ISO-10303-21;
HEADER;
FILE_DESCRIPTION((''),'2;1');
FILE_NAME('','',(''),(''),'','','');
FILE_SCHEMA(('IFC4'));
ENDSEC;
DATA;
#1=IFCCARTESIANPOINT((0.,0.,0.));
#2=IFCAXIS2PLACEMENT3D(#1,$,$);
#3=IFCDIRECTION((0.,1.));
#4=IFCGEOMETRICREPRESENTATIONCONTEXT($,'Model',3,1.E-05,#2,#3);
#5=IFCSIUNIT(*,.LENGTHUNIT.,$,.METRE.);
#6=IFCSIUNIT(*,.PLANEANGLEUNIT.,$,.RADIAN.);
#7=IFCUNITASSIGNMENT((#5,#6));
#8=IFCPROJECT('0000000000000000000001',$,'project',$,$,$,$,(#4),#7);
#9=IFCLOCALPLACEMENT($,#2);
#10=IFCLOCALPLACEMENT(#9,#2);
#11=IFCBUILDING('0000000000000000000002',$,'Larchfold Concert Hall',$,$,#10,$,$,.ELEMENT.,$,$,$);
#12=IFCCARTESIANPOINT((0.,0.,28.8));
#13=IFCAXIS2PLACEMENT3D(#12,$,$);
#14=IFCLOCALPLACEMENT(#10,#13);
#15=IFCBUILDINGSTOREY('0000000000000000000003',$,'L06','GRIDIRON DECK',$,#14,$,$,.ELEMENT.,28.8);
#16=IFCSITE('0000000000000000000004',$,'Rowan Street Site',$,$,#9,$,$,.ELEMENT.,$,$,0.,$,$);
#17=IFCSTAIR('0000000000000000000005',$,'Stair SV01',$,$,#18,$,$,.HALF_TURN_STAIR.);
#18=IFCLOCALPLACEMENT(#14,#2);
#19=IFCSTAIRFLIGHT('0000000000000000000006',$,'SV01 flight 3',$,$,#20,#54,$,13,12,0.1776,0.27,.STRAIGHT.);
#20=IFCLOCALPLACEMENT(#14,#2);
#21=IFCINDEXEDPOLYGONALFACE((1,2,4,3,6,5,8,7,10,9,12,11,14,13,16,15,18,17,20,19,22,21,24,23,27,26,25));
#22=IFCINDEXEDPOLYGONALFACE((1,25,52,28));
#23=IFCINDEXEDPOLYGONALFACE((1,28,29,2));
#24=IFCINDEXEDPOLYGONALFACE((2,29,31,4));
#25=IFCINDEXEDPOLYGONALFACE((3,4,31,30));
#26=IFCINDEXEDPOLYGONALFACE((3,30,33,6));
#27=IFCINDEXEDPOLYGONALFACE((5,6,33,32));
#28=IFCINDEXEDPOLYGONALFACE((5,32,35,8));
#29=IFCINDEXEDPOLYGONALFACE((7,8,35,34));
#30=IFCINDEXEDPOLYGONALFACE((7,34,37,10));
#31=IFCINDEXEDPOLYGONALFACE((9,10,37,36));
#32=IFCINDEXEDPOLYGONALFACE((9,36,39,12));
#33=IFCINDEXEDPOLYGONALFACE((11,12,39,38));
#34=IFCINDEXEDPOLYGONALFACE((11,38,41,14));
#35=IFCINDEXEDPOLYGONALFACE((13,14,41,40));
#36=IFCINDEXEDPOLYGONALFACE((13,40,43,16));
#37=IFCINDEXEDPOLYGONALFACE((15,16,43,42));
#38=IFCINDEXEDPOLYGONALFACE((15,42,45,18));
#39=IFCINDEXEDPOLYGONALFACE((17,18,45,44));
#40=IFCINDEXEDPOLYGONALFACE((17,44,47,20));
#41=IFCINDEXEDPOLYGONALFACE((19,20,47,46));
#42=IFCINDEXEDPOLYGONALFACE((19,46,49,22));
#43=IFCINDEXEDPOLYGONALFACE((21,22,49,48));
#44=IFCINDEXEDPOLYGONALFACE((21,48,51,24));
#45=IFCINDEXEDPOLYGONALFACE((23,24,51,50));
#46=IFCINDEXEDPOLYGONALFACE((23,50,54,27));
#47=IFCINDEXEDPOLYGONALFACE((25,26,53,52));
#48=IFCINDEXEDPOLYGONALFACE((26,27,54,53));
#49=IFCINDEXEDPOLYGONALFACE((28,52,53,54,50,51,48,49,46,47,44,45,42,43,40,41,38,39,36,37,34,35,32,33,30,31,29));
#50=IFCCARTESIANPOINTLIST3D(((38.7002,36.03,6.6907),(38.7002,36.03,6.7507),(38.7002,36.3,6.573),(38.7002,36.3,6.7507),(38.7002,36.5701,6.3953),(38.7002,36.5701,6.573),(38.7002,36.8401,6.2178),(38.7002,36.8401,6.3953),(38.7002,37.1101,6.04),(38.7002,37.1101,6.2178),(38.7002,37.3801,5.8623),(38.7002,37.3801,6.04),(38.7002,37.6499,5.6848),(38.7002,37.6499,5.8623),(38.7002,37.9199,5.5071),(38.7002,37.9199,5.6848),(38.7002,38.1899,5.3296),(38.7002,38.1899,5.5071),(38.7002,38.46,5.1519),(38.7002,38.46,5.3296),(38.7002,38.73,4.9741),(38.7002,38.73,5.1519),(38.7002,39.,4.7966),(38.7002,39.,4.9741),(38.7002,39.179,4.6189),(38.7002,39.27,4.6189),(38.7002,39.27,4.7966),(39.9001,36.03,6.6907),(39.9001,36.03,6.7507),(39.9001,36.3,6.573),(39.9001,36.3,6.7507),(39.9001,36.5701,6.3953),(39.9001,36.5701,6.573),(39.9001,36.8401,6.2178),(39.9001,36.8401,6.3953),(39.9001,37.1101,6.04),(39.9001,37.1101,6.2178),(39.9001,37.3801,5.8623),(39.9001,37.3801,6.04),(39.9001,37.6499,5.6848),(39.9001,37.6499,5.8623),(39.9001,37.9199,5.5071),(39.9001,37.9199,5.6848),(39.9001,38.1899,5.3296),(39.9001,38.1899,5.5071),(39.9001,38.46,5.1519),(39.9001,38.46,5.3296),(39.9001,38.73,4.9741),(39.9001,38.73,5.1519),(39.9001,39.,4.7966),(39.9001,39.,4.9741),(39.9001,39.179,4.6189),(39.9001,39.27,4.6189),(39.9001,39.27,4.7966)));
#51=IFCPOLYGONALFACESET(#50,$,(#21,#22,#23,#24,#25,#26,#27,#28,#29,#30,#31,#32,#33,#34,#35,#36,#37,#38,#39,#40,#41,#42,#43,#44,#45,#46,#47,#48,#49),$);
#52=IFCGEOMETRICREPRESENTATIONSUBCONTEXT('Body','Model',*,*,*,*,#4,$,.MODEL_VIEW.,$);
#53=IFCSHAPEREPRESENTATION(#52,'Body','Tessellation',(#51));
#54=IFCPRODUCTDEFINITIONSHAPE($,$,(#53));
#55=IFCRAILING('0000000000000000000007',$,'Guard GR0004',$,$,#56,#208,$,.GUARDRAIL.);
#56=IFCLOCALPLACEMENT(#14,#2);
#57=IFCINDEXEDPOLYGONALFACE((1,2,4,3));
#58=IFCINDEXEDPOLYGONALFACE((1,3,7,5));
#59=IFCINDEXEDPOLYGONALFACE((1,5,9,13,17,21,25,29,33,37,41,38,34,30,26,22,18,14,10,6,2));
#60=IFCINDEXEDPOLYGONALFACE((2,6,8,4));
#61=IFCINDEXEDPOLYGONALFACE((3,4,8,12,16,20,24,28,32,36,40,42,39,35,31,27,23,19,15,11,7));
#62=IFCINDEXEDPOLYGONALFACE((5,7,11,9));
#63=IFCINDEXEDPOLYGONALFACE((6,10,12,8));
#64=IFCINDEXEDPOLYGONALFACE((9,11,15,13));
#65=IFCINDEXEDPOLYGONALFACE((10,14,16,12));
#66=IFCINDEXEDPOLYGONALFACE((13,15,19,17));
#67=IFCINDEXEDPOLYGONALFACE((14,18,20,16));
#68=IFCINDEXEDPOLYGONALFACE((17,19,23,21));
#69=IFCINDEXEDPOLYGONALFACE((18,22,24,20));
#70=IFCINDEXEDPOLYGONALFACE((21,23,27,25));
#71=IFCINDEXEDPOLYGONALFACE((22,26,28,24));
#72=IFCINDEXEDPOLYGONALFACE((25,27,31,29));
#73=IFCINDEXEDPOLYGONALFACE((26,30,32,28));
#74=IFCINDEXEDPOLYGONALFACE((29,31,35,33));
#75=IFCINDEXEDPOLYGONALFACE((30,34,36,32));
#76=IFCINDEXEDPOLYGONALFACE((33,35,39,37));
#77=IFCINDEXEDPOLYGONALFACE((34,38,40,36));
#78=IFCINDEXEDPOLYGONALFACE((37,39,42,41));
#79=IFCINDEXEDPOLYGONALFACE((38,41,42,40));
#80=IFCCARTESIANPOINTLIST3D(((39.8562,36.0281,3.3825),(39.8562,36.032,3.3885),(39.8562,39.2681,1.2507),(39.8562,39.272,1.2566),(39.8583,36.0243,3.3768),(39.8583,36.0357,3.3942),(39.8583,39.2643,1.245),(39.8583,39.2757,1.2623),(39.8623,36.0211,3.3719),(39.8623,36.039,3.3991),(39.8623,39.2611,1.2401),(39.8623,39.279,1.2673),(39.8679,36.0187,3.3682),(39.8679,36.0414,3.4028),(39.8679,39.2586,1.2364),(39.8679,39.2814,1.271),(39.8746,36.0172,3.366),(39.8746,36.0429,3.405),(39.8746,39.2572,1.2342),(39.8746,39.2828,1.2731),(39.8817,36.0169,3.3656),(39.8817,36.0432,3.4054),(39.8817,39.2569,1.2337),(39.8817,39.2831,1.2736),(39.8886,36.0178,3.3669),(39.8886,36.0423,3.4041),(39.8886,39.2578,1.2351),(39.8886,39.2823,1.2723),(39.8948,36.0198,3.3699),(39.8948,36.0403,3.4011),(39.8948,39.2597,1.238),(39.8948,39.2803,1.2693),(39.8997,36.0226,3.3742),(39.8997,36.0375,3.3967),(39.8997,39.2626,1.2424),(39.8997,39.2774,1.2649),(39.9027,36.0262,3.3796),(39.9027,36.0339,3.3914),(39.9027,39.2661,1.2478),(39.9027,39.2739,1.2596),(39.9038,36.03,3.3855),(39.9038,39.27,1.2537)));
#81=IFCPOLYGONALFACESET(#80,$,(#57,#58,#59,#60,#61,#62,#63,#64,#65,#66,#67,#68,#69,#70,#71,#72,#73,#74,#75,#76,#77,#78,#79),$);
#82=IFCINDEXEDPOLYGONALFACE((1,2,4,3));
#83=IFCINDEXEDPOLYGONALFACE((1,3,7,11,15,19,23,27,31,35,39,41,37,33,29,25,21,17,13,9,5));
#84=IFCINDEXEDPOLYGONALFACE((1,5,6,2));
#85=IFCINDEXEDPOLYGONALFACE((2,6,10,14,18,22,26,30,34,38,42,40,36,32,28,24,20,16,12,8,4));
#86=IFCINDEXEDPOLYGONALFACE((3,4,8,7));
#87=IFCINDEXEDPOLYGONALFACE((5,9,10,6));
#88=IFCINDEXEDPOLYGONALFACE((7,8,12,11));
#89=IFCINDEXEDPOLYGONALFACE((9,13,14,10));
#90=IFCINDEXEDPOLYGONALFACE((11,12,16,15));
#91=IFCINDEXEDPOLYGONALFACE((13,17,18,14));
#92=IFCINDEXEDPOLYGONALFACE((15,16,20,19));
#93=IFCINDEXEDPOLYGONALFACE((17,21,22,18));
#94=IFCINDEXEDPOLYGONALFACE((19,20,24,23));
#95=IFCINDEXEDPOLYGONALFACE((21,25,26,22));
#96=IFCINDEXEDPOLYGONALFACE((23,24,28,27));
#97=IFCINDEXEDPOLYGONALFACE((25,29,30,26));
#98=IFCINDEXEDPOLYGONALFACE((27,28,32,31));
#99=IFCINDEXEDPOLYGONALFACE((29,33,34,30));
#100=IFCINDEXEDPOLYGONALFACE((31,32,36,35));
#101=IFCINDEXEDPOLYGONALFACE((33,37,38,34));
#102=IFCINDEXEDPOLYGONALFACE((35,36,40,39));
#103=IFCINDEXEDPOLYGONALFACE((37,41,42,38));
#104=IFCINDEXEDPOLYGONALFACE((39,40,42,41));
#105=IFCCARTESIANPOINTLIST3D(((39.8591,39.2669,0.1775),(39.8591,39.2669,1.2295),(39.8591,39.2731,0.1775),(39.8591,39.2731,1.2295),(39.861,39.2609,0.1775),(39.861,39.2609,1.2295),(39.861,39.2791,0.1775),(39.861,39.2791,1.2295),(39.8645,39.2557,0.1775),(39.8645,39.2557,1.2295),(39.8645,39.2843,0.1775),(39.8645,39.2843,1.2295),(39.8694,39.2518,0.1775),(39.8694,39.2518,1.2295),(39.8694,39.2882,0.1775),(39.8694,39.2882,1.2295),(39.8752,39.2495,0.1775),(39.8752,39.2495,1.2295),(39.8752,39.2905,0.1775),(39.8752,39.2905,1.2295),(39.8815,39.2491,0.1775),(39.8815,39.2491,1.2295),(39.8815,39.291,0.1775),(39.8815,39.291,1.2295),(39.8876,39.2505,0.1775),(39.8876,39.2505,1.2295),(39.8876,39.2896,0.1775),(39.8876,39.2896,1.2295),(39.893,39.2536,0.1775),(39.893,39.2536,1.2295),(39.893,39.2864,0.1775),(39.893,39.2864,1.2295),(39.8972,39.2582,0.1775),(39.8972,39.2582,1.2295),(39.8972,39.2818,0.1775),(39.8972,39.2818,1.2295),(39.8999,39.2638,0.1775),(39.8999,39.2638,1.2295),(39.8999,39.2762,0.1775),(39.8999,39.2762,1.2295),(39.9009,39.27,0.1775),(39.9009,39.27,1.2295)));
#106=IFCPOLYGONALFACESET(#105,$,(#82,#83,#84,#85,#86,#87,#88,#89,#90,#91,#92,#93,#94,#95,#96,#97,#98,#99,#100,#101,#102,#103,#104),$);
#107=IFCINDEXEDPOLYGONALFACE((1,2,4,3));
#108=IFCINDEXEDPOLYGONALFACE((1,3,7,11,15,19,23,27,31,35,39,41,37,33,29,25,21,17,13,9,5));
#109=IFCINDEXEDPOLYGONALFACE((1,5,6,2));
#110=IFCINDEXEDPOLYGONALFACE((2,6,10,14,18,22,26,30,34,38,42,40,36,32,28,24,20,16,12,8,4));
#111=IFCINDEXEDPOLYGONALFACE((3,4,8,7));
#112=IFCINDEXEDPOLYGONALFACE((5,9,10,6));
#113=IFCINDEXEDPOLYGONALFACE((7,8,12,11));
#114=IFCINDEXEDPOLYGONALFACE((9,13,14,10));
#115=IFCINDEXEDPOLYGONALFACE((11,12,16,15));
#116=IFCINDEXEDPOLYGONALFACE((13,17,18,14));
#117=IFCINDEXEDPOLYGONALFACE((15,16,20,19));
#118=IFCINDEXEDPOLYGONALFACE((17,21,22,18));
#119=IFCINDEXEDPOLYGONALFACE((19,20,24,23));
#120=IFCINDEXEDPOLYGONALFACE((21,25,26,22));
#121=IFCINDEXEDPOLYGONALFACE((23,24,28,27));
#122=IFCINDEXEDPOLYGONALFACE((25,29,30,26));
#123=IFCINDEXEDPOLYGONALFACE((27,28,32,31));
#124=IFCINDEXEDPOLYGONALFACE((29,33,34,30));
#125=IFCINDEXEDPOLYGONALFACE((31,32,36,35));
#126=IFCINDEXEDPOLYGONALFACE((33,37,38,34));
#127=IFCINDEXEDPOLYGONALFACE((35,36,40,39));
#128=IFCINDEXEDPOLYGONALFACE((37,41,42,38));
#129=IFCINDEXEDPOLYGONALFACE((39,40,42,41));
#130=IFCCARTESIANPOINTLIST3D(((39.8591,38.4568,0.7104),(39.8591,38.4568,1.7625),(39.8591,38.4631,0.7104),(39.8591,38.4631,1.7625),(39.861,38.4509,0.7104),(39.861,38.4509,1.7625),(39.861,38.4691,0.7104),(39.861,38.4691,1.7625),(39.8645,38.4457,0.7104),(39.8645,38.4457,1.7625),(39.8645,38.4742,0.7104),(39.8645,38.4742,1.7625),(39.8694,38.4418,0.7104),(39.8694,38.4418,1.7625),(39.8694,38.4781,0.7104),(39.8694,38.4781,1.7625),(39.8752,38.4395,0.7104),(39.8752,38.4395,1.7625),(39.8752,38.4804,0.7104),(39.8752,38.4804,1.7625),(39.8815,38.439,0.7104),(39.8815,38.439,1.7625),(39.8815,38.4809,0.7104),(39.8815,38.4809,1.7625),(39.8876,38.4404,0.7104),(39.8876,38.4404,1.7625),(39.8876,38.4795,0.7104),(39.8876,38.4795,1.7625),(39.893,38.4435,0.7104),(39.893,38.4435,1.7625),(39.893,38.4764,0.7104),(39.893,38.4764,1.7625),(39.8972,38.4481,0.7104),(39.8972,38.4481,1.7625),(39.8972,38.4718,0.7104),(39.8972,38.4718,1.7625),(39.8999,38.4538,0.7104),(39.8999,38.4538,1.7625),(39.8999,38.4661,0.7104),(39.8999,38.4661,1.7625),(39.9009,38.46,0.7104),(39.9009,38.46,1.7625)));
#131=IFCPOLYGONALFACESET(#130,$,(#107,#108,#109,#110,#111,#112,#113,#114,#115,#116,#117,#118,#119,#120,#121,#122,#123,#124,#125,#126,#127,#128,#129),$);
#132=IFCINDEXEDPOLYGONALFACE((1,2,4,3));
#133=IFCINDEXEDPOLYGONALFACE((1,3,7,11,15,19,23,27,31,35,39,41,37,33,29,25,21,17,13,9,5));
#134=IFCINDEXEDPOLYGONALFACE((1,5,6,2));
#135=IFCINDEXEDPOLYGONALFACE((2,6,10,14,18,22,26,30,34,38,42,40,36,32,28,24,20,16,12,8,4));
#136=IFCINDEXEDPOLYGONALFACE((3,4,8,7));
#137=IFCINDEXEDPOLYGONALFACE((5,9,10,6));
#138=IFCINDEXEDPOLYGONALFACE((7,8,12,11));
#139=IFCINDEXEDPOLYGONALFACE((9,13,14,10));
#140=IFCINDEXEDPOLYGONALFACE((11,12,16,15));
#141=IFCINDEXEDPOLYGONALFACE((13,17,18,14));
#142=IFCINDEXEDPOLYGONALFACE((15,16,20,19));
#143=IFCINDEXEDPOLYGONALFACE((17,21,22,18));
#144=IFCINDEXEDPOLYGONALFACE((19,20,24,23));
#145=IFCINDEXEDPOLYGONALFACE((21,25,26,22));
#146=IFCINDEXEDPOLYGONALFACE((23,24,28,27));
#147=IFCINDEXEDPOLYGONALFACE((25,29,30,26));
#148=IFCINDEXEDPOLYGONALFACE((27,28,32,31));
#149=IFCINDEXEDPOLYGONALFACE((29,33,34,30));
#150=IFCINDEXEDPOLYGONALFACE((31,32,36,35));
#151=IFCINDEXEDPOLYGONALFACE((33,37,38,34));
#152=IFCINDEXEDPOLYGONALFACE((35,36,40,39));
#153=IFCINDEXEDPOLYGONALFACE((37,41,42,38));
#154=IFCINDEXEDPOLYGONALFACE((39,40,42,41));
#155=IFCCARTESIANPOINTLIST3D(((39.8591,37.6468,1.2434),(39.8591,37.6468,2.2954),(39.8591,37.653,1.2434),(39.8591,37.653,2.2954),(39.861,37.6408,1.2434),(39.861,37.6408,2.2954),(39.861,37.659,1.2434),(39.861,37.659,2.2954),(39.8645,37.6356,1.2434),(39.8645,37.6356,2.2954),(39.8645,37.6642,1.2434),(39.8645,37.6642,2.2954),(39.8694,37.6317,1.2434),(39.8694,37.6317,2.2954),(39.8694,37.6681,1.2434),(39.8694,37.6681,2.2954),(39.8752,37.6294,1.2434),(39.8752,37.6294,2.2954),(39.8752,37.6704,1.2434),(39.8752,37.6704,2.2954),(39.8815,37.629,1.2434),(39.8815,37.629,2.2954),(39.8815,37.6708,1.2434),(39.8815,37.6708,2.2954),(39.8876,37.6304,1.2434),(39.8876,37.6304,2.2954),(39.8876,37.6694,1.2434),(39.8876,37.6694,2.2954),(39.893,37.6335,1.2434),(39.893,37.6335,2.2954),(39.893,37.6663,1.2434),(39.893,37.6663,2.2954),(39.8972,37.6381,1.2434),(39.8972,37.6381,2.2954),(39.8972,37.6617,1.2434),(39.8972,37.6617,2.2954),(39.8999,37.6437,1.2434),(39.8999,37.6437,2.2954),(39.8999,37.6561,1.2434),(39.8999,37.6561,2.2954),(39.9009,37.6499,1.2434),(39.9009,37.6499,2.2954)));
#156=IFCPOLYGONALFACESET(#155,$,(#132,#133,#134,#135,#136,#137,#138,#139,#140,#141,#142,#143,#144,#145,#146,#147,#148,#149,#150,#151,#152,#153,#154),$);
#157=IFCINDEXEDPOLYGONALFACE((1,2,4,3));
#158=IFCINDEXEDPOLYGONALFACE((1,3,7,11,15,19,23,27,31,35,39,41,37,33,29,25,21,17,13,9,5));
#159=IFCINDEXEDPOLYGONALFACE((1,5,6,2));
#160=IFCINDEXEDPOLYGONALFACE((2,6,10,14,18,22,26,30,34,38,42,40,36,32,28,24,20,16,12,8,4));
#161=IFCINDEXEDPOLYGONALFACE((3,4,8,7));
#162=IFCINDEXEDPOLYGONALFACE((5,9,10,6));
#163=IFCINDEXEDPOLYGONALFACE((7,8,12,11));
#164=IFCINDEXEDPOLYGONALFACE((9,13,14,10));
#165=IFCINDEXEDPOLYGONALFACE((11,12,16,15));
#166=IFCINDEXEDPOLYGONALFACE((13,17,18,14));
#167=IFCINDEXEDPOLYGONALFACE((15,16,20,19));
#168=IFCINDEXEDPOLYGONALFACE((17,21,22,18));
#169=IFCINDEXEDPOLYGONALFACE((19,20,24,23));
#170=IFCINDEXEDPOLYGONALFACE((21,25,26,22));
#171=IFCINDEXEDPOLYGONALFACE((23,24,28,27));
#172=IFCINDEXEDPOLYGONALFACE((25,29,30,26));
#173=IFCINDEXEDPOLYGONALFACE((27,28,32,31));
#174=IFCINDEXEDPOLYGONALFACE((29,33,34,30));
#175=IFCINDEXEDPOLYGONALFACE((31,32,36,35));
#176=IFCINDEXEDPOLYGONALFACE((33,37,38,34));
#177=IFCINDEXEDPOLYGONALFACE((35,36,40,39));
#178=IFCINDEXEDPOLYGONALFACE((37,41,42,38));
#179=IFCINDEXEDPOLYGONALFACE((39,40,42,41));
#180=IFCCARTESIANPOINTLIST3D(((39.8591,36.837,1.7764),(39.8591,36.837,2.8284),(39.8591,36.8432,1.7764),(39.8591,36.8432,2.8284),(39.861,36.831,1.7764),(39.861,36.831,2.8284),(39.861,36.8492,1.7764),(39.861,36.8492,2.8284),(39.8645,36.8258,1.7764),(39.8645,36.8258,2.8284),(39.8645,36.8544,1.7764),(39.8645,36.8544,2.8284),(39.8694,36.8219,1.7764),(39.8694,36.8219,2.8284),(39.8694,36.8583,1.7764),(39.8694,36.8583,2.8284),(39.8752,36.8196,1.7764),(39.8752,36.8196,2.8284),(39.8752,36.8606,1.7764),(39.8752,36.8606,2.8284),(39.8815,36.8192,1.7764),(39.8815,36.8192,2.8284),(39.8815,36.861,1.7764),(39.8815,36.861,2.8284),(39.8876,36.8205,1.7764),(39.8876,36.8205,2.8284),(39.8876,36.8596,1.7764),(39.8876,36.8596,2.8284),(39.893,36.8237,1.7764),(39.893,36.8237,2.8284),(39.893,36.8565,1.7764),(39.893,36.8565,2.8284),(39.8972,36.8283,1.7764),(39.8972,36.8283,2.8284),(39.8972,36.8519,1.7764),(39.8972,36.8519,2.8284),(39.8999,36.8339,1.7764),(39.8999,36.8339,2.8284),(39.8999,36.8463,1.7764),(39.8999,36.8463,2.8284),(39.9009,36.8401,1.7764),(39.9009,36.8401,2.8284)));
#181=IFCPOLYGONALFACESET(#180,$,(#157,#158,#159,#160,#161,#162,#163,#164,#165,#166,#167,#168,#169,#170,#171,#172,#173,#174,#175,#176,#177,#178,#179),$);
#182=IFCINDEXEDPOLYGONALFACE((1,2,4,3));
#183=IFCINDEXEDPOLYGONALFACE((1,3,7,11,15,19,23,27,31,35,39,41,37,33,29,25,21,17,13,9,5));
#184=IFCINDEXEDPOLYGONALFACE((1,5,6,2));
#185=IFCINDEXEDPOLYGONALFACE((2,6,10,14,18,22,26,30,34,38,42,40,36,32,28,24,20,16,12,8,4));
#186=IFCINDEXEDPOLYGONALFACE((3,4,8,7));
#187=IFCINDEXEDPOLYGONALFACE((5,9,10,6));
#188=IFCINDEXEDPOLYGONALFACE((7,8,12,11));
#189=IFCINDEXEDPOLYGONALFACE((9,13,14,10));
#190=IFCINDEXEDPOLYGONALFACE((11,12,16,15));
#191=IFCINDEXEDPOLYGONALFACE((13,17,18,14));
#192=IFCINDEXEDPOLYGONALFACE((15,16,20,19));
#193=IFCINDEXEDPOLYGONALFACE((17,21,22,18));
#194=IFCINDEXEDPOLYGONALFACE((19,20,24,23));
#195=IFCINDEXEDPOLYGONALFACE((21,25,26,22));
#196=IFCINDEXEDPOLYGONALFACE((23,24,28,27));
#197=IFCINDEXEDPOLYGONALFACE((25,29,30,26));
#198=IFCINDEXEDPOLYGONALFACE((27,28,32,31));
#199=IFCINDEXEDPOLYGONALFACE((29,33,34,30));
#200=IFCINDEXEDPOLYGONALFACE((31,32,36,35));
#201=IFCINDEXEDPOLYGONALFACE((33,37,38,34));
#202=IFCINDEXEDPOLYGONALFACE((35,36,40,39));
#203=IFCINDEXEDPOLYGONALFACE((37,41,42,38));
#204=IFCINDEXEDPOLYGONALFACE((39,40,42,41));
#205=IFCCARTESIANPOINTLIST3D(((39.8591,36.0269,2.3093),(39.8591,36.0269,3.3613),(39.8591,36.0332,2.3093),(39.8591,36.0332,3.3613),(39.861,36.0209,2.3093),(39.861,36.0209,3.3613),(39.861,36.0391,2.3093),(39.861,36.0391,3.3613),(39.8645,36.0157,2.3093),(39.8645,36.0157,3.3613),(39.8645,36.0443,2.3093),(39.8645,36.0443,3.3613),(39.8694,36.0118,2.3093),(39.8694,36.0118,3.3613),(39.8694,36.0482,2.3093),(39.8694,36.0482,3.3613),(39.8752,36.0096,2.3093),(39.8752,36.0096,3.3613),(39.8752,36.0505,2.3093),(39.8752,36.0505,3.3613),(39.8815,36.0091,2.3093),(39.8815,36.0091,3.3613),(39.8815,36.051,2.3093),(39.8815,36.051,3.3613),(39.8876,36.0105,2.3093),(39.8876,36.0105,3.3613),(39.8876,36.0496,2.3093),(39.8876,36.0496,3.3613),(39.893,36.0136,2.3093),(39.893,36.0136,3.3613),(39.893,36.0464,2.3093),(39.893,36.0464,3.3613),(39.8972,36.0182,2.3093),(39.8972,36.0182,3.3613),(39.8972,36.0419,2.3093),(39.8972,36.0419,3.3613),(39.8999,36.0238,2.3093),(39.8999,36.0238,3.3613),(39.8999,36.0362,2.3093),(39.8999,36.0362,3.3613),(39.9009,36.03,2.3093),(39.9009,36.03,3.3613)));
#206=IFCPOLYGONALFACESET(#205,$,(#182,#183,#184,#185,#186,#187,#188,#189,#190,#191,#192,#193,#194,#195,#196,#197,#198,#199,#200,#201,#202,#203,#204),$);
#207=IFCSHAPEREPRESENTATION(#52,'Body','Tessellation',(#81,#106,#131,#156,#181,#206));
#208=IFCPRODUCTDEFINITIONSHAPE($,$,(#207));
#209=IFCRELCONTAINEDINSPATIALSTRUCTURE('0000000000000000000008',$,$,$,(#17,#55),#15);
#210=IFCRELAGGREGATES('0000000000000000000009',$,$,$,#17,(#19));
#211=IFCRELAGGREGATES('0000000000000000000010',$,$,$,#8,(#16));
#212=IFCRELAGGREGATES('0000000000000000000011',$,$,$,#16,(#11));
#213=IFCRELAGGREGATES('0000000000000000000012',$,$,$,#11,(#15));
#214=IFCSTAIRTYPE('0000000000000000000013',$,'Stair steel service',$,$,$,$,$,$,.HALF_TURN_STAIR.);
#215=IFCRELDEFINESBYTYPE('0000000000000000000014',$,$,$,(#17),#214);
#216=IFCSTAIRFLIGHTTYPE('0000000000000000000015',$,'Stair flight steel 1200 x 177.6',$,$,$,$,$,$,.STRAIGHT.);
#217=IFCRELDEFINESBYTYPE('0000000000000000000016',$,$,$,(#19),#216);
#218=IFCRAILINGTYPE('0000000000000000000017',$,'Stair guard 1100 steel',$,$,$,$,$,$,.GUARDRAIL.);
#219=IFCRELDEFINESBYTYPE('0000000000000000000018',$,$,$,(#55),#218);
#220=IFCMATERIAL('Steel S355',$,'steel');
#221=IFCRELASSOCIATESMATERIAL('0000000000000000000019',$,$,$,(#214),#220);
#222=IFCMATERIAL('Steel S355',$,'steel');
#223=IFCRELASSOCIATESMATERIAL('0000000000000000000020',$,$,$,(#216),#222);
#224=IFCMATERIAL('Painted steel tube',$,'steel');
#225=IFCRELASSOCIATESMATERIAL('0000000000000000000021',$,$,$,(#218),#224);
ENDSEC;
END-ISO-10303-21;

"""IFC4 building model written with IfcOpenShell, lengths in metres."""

from ifc_helpers import new_model, si_unit, direction, frame, origin, origin_2d, place, context, subcontext, project, spatial, polyline, circle, outline, extrude, material, type_object, element, aggregate, save


model = new_model("IFC4")

# Units and contexts
model_context = context("Model", 3, precision=1e-05, world=origin(), true_north=direction((0.0, 1.0)))
body_context = subcontext(model_context, "Body", "Model", "MODEL_VIEW")
ifc_project = project(units=[si_unit("LENGTHUNIT", "METRE"), si_unit("PLANEANGLEUNIT", "RADIAN")], contexts=[model_context])

# Site, building, storey
site_placement = place(None, origin())
site = spatial("IfcSite", under=ifc_project, at=site_placement, Name="Rowan Street Site", CompositionType="ELEMENT", RefElevation=0.0)
building_placement = place(site_placement, origin())
building = spatial("IfcBuilding", under=site, at=building_placement, Name="Larchfold Concert Hall", CompositionType="ELEMENT")
storey_placement = place(building_placement, frame((0.0, 0.0, 28.8)))
storey = spatial("IfcBuildingStorey", under=building, at=storey_placement, Name="L06", Description="GRIDIRON DECK", CompositionType="ELEMENT", Elevation=28.8)

# Stair, stair flight
ifc_material_1 = material(Name="Steel S355", Category="steel")
stair_type = type_object("IfcStairType", Name="Stair steel service", PredefinedType="HALF_TURN_STAIR", material=ifc_material_1)
stair_placement = place(storey_placement, origin())
stair = element("IfcStair", 1, at=stair_placement, inside=storey, type_object=stair_type, Name="Stair SV01", PredefinedType="HALF_TURN_STAIR")
ifc_material_2 = material(Name="Steel S355", Category="steel")
stair_flight_type = type_object("IfcStairFlightType", Name="Stair flight steel 1200 x 177.6", PredefinedType="STRAIGHT", material=ifc_material_2)
stair_flight_1_placement = place(storey_placement, frame((39.3, 39.27, 4.6189), z_axis=(0.0, 0.0, 1.0), x_axis=(0.0, -1.0, 0.0)))
stair_flight_1 = element("IfcStairFlight", 2, at=stair_flight_1_placement, type_object=stair_flight_type, Name="SV01 flight 3", NumberOfRisers=13, NumberOfTreads=12, PredefinedType="STRAIGHT", RiserHeight=0.1776, TreadLength=0.27, context=body_context, shape_type="SweptSolid", body=[
    extrude(outline(polyline([(0.0, 0.0), (0.0, 0.1777), (0.27, 0.1777), (0.27, 0.3552), (0.54, 0.3552), (0.54, 0.533), (0.8101, 0.533), (0.8101, 0.7107), (1.0801, 0.7107), (1.0801, 0.8882), (1.3501, 0.8882), (1.3501, 1.0659), (1.6201, 1.0659), (1.6201, 1.2434), (1.8899, 1.2434), (1.8899, 1.4211), (2.1599, 1.4211), (2.1599, 1.5989), (2.4299, 1.5989), (2.4299, 1.7764), (2.7, 1.7764), (2.7, 1.9541), (2.97, 1.9541), (2.97, 2.1318), (3.24, 2.1318), (3.24, 2.3093), (3.24, 2.0718), (0.0911, 0.0), (0.0, 0.0)])), frame((0.0, 0.6001, 0.0), z_axis=(0.0, -1.0, 0.0), x_axis=(1.0, 0.0, 0.0)), (0.0, 0.0, 1.0), 1.2),
])
aggregate(stair, [stair_flight_1])

# Railing
ifc_material_3 = material(Name="Painted steel tube", Category="steel")
railing_type_1 = type_object("IfcRailingType", Name="Stair guard 1100 steel", PredefinedType="GUARDRAIL", material=ifc_material_3)
railing_1_placement = place(storey_placement, frame((39.8799, 39.27, 0.1775)))
element("IfcRailing", 3, at=railing_1_placement, inside=storey, type_object=railing_type_1, Name="Guard GR0004", PredefinedType="GUARDRAIL", context=body_context, shape_type="SweptSolid", body=[
    extrude(circle(Radius=0.0239, at=origin_2d()), frame((0.0, 0.0, 1.0762), z_axis=(0.0, -0.835386, 0.549664), x_axis=(1.0, 0.0, 0.0)), (0.0, 0.0, 1.0), 3.8784),
    extrude(circle(Radius=0.021, at=origin_2d()), origin(), (0.0, 0.0, 1.0), 1.052),
    extrude(circle(Radius=0.021, at=origin_2d()), frame((0.0, -0.8101, 0.533)), (0.0, 0.0, 1.0), 1.052),
    extrude(circle(Radius=0.021, at=origin_2d()), frame((0.0, -1.6201, 1.0659)), (0.0, 0.0, 1.0), 1.052),
    extrude(circle(Radius=0.021, at=origin_2d()), frame((0.0, -2.4299, 1.5989)), (0.0, 0.0, 1.0), 1.052),
    extrude(circle(Radius=0.021, at=origin_2d()), frame((0.0, -3.24, 2.1318)), (0.0, 0.0, 1.0), 1.052),
])

save(model, "model.ifc")
